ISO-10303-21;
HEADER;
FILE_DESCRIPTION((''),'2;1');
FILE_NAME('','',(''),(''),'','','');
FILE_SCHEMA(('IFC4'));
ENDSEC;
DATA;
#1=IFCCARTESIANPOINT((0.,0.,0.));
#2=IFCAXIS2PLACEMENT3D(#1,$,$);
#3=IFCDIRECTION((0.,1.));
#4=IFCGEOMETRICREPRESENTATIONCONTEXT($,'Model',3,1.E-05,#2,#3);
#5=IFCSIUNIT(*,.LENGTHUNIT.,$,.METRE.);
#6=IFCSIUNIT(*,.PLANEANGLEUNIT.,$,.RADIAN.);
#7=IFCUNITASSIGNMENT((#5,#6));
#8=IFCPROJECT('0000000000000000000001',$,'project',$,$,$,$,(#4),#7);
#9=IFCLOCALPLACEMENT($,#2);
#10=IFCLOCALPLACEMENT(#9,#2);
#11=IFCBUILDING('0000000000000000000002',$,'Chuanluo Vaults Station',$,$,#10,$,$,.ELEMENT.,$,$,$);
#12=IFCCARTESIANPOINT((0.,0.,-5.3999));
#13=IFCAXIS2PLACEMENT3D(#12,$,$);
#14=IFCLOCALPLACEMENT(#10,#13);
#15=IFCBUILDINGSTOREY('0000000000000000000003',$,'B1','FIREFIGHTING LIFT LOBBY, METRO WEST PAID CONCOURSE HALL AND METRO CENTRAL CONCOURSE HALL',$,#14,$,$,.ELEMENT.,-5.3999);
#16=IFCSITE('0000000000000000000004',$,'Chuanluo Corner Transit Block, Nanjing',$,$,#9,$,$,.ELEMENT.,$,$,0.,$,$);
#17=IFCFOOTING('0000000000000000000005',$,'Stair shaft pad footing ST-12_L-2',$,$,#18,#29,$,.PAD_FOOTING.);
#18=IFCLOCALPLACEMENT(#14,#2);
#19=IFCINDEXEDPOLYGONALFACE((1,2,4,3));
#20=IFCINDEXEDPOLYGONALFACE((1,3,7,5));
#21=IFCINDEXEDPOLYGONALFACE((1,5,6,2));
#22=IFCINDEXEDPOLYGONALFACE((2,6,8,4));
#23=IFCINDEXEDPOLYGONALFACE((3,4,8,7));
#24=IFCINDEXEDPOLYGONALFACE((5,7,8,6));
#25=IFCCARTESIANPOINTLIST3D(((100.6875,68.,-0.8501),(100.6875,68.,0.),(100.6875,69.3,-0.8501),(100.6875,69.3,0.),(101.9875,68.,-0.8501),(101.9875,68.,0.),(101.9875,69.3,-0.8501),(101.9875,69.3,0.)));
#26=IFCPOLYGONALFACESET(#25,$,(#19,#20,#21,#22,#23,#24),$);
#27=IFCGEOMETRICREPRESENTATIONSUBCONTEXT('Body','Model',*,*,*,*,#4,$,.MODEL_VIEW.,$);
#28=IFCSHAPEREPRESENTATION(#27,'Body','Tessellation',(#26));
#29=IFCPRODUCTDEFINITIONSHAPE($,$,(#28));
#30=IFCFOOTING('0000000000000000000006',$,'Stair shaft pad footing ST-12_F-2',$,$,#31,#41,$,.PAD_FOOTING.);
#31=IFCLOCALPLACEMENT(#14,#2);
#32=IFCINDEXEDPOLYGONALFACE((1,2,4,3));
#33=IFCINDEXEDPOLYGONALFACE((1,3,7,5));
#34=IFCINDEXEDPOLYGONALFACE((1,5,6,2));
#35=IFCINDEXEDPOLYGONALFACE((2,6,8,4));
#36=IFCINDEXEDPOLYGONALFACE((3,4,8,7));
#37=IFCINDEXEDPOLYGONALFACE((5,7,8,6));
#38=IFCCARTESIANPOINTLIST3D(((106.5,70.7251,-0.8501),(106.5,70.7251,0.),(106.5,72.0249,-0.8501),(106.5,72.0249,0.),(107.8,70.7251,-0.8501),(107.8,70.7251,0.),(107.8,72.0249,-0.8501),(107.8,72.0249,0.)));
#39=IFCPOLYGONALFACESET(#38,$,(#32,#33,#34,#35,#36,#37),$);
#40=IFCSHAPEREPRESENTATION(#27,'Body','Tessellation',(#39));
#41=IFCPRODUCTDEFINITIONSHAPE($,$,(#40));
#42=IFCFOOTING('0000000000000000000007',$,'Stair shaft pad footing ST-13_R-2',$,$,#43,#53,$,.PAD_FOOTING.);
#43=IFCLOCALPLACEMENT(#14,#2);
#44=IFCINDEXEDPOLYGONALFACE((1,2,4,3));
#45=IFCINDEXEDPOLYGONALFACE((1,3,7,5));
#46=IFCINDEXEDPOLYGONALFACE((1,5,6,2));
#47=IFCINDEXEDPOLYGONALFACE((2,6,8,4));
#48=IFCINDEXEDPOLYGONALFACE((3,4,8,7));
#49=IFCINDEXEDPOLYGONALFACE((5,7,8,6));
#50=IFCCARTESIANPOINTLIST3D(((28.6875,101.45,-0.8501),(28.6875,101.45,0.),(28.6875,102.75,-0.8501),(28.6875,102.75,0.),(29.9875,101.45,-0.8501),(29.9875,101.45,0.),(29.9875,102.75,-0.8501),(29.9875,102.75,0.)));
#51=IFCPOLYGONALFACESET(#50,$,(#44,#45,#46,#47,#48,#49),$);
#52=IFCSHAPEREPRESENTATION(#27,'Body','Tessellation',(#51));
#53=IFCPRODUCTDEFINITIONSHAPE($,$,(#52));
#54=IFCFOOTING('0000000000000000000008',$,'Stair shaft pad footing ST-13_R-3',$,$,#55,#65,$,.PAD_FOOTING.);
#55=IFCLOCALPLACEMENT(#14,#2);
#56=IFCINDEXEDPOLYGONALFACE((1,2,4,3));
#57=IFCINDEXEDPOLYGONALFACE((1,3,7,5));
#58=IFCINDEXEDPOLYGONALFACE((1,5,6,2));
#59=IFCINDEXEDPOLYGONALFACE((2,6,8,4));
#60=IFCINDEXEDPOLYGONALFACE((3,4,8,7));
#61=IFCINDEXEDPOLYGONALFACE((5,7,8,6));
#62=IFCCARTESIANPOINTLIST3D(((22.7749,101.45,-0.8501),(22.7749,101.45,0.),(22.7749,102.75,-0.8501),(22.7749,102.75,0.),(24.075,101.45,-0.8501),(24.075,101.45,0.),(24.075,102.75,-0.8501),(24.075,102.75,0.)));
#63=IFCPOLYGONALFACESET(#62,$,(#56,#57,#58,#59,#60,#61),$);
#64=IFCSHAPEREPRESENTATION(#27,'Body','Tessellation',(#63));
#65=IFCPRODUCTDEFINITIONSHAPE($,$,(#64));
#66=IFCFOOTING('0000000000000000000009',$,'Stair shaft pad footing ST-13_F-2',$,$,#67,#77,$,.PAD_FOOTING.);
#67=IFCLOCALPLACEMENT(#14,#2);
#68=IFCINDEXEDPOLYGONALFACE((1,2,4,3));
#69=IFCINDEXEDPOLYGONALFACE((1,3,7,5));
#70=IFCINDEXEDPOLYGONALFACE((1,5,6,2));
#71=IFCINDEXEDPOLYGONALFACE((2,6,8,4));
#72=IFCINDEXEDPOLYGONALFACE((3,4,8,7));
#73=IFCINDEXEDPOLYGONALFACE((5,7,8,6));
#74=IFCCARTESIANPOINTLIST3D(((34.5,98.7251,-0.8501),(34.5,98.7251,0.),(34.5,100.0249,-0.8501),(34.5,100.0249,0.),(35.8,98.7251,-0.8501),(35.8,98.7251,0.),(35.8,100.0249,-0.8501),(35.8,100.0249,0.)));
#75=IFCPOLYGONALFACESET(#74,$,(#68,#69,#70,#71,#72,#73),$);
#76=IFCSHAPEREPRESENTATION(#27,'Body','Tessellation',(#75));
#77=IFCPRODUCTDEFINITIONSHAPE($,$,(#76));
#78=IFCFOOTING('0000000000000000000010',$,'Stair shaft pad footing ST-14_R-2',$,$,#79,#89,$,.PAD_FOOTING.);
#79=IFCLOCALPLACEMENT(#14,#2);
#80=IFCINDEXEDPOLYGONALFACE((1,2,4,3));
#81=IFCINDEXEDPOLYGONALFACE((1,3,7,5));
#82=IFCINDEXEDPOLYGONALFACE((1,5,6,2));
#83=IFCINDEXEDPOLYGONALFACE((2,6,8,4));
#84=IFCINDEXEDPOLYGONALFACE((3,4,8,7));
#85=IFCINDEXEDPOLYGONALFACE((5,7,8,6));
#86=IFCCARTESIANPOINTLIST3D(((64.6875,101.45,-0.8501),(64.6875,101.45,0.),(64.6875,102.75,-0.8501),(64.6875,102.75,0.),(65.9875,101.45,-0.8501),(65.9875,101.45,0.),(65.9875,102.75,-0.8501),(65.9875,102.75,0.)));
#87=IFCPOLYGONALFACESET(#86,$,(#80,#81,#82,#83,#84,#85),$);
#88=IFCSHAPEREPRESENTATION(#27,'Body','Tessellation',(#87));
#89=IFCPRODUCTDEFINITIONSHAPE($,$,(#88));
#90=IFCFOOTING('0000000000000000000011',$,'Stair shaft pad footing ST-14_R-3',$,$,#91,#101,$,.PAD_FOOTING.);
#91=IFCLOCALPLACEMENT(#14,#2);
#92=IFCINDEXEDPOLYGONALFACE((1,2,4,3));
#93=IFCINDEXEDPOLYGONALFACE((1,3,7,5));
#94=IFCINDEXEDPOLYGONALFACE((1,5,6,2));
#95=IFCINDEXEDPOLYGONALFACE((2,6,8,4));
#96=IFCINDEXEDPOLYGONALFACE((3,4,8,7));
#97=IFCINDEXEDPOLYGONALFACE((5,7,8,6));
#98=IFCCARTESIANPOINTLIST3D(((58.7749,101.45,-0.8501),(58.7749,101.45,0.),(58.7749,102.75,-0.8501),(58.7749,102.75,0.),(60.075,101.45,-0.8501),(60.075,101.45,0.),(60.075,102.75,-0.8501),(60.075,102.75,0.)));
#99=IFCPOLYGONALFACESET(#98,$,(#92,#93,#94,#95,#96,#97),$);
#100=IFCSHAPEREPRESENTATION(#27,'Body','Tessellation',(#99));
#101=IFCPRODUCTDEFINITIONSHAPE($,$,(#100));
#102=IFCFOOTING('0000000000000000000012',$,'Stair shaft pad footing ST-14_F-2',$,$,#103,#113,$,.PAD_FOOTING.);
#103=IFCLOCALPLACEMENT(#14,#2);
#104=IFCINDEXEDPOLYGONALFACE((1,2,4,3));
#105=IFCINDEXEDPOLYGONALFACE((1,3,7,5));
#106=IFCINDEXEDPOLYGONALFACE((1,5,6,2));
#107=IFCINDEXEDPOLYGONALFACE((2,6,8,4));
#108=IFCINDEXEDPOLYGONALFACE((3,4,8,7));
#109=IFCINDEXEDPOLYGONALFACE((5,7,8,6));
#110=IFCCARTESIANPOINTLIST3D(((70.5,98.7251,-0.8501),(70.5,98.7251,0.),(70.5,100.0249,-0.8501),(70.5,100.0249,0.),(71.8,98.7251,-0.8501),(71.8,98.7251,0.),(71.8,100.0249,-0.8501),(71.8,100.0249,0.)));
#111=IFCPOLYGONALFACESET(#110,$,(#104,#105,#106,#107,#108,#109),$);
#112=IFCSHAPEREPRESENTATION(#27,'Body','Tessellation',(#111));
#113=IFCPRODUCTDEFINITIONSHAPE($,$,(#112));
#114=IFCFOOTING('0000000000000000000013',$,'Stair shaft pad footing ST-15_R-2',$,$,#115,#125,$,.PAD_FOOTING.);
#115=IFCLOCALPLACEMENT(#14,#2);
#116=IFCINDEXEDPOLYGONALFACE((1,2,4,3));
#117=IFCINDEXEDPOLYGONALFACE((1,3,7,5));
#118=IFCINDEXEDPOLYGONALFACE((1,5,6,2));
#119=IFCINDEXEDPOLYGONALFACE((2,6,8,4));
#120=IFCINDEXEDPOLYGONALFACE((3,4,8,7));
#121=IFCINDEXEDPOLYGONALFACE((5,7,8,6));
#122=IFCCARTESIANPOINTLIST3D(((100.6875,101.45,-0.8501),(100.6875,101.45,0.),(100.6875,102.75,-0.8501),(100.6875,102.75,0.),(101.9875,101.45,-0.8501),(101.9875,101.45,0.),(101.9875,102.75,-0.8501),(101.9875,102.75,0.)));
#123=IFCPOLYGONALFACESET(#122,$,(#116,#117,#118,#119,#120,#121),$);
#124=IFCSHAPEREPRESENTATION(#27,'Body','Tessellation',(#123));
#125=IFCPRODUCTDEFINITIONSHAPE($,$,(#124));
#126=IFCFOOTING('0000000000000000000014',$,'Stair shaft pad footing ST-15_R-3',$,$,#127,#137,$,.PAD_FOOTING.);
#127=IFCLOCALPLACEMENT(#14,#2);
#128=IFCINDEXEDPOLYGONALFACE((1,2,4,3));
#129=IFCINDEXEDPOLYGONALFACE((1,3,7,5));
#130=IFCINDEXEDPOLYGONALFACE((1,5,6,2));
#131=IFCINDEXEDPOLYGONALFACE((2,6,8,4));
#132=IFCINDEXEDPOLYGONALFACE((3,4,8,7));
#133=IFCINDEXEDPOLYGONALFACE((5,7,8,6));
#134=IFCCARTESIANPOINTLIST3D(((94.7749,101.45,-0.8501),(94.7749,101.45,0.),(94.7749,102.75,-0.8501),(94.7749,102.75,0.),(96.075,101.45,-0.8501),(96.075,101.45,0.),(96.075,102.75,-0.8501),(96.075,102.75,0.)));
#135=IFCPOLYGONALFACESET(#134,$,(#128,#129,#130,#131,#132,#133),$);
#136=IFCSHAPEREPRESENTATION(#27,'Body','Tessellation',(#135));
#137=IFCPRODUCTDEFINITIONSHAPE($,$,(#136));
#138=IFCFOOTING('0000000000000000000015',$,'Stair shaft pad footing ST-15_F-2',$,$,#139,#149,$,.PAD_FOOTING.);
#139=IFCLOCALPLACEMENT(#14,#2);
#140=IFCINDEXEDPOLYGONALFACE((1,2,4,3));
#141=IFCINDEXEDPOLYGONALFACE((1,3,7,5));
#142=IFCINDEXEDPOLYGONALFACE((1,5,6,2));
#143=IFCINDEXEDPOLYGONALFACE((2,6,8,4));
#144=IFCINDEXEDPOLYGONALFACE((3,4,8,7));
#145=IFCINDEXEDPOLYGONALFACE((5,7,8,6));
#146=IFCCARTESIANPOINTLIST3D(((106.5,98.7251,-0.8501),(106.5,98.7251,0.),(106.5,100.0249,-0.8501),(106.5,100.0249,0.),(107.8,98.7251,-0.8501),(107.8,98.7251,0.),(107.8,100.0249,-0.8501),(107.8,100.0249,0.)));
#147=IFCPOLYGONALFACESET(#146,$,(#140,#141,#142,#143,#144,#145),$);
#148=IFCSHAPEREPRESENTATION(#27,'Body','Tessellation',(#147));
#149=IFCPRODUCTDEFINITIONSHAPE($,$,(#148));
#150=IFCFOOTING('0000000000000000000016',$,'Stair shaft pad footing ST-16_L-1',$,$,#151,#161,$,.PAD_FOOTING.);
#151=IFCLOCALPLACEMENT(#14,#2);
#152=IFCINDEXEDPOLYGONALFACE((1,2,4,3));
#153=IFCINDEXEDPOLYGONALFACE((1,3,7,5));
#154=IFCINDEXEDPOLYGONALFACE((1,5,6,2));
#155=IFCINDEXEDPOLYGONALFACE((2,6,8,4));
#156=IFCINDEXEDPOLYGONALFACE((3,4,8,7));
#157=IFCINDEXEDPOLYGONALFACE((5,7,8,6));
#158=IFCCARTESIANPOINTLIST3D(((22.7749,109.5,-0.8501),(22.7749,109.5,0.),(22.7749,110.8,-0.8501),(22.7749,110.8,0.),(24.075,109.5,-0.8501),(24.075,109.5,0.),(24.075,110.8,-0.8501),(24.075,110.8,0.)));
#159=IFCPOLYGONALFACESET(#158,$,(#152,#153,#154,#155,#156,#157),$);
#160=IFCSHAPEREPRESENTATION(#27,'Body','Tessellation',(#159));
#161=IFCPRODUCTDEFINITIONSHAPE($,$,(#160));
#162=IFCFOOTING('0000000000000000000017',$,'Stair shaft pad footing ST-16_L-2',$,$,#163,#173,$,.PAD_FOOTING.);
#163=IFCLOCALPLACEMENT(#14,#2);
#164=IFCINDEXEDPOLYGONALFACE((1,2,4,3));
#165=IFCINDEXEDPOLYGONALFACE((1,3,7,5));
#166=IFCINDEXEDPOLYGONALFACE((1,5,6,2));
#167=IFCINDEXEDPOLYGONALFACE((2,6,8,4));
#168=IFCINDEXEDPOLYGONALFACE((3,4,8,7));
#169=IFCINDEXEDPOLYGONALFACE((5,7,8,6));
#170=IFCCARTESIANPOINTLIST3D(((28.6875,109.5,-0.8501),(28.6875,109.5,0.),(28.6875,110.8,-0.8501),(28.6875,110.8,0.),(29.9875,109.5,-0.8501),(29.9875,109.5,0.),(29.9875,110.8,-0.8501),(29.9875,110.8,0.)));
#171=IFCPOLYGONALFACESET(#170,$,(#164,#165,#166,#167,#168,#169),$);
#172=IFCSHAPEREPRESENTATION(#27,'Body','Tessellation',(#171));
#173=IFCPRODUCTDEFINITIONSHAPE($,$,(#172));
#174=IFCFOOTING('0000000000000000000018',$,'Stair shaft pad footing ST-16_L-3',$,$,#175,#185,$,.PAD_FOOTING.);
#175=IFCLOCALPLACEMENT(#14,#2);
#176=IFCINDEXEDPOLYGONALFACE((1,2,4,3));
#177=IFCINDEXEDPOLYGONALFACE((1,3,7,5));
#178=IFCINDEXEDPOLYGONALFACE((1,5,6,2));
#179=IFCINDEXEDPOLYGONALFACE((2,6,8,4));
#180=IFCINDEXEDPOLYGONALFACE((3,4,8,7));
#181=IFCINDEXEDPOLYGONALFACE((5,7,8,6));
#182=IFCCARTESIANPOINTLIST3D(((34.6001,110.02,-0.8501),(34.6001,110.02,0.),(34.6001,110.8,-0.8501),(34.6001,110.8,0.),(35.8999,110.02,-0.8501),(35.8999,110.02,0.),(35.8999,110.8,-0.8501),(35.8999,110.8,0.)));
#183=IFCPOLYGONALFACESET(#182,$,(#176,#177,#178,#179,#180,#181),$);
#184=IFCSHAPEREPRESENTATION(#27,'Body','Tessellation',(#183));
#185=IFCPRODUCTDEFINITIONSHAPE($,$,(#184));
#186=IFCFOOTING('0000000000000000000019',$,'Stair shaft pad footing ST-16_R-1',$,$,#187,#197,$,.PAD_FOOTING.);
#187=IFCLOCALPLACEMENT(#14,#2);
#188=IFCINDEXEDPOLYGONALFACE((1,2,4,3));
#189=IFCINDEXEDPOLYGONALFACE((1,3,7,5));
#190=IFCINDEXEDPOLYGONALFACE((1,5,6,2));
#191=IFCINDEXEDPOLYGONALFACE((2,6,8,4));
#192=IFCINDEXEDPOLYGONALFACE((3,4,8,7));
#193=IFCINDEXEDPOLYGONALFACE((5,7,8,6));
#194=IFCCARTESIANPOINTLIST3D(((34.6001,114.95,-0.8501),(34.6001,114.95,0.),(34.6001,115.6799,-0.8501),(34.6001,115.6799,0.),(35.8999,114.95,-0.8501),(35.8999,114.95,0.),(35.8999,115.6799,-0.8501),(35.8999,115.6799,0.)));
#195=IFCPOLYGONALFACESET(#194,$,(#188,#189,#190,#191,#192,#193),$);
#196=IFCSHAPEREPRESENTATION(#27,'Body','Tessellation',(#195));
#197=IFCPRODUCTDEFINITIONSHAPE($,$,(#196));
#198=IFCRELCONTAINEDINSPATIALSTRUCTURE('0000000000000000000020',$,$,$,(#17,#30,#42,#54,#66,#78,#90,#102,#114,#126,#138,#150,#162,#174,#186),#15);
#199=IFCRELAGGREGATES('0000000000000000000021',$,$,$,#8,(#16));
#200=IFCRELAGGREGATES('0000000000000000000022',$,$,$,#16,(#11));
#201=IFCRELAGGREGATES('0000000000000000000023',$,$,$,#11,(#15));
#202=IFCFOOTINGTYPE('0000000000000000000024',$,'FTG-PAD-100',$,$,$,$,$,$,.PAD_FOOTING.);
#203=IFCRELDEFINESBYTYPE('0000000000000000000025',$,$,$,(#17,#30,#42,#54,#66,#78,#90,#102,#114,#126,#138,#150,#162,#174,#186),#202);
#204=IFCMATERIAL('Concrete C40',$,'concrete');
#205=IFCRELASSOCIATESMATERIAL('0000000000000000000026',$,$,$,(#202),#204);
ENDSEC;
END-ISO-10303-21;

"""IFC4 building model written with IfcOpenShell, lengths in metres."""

from ifc_helpers import new_model, si_unit, direction, frame, origin, place, context, subcontext, project, spatial, polyline, outline, extrude, material, type_object, element, save


model = new_model("IFC4")

# Units and contexts
model_context = context("Model", 3, precision=1e-05, world=origin(), true_north=direction((0.0, 1.0)))
body_context = subcontext(model_context, "Body", "Model", "MODEL_VIEW")
ifc_project = project(units=[si_unit("LENGTHUNIT", "METRE"), si_unit("PLANEANGLEUNIT", "RADIAN")], contexts=[model_context])

# Site, building, storey
site_placement = place(None, origin())
site = spatial("IfcSite", under=ifc_project, at=site_placement, Name="Chuanluo Corner Transit Block, Nanjing", CompositionType="ELEMENT", RefElevation=0.0)
building_placement = place(site_placement, origin())
building = spatial("IfcBuilding", under=site, at=building_placement, Name="Chuanluo Vaults Station", CompositionType="ELEMENT")
storey_placement = place(building_placement, frame((0.0, 0.0, -5.3999)))
storey = spatial("IfcBuildingStorey", under=building, at=storey_placement, Name="B1", Description="FIREFIGHTING LIFT LOBBY, METRO WEST PAID CONCOURSE HALL AND METRO CENTRAL CONCOURSE HALL", CompositionType="ELEMENT", Elevation=-5.3999)

# Footings
ifc_material_1 = material(Name="Concrete C40", Category="concrete")
footing_type_1 = type_object("IfcFootingType", Name="FTG-PAD-100", PredefinedType="PAD_FOOTING", material=ifc_material_1)
footing_1_placement = place(storey_placement, frame((0.0, 0.0, -0.8501)))
element("IfcFooting", 1, at=footing_1_placement, inside=storey, type_object=footing_type_1, Name="Stair shaft pad footing ST-12_L-2", PredefinedType="PAD_FOOTING", context=body_context, shape_type="SweptSolid", body=[
    extrude(outline(polyline([(100.6875, 68.0), (101.9875, 68.0), (101.9875, 69.3), (100.6875, 69.3), (100.6875, 68.0)])), origin(), (0.0, 0.0, 1.0), 0.8501),
])
footing_2_placement = place(storey_placement, frame((0.0, 0.0, -0.8501)))
element("IfcFooting", 2, at=footing_2_placement, inside=storey, type_object=footing_type_1, Name="Stair shaft pad footing ST-12_F-2", PredefinedType="PAD_FOOTING", context=body_context, shape_type="SweptSolid", body=[
    extrude(outline(polyline([(106.5, 70.7251), (107.8, 70.7251), (107.8, 72.0249), (106.5, 72.0249), (106.5, 70.7251)])), origin(), (0.0, 0.0, 1.0), 0.8501),
])
footing_3_placement = place(storey_placement, frame((0.0, 0.0, -0.8501)))
element("IfcFooting", 3, at=footing_3_placement, inside=storey, type_object=footing_type_1, Name="Stair shaft pad footing ST-13_R-2", PredefinedType="PAD_FOOTING", context=body_context, shape_type="SweptSolid", body=[
    extrude(outline(polyline([(28.6875, 101.45), (29.9875, 101.45), (29.9875, 102.75), (28.6875, 102.75), (28.6875, 101.45)])), origin(), (0.0, 0.0, 1.0), 0.8501),
])
footing_4_placement = place(storey_placement, frame((0.0, 0.0, -0.8501)))
element("IfcFooting", 4, at=footing_4_placement, inside=storey, type_object=footing_type_1, Name="Stair shaft pad footing ST-13_R-3", PredefinedType="PAD_FOOTING", context=body_context, shape_type="SweptSolid", body=[
    extrude(outline(polyline([(22.7749, 101.45), (24.075, 101.45), (24.075, 102.75), (22.7749, 102.75), (22.7749, 101.45)])), origin(), (0.0, 0.0, 1.0), 0.8501),
])
footing_5_placement = place(storey_placement, frame((0.0, 0.0, -0.8501)))
element("IfcFooting", 5, at=footing_5_placement, inside=storey, type_object=footing_type_1, Name="Stair shaft pad footing ST-13_F-2", PredefinedType="PAD_FOOTING", context=body_context, shape_type="SweptSolid", body=[
    extrude(outline(polyline([(34.5, 98.7251), (35.8, 98.7251), (35.8, 100.0249), (34.5, 100.0249), (34.5, 98.7251)])), origin(), (0.0, 0.0, 1.0), 0.8501),
])
footing_6_placement = place(storey_placement, frame((0.0, 0.0, -0.8501)))
element("IfcFooting", 6, at=footing_6_placement, inside=storey, type_object=footing_type_1, Name="Stair shaft pad footing ST-14_R-2", PredefinedType="PAD_FOOTING", context=body_context, shape_type="SweptSolid", body=[
    extrude(outline(polyline([(64.6875, 101.45), (65.9875, 101.45), (65.9875, 102.75), (64.6875, 102.75), (64.6875, 101.45)])), origin(), (0.0, 0.0, 1.0), 0.8501),
])
footing_7_placement = place(storey_placement, frame((0.0, 0.0, -0.8501)))
element("IfcFooting", 7, at=footing_7_placement, inside=storey, type_object=footing_type_1, Name="Stair shaft pad footing ST-14_R-3", PredefinedType="PAD_FOOTING", context=body_context, shape_type="SweptSolid", body=[
    extrude(outline(polyline([(58.7749, 101.45), (60.075, 101.45), (60.075, 102.75), (58.7749, 102.75), (58.7749, 101.45)])), origin(), (0.0, 0.0, 1.0), 0.8501),
])
footing_8_placement = place(storey_placement, frame((0.0, 0.0, -0.8501)))
element("IfcFooting", 8, at=footing_8_placement, inside=storey, type_object=footing_type_1, Name="Stair shaft pad footing ST-14_F-2", PredefinedType="PAD_FOOTING", context=body_context, shape_type="SweptSolid", body=[
    extrude(outline(polyline([(70.5, 98.7251), (71.8, 98.7251), (71.8, 100.0249), (70.5, 100.0249), (70.5, 98.7251)])), origin(), (0.0, 0.0, 1.0), 0.8501),
])
footing_9_placement = place(storey_placement, frame((0.0, 0.0, -0.8501)))
element("IfcFooting", 9, at=footing_9_placement, inside=storey, type_object=footing_type_1, Name="Stair shaft pad footing ST-15_R-2", PredefinedType="PAD_FOOTING", context=body_context, shape_type="SweptSolid", body=[
    extrude(outline(polyline([(100.6875, 101.45), (101.9875, 101.45), (101.9875, 102.75), (100.6875, 102.75), (100.6875, 101.45)])), origin(), (0.0, 0.0, 1.0), 0.8501),
])
footing_10_placement = place(storey_placement, frame((0.0, 0.0, -0.8501)))
element("IfcFooting", 10, at=footing_10_placement, inside=storey, type_object=footing_type_1, Name="Stair shaft pad footing ST-15_R-3", PredefinedType="PAD_FOOTING", context=body_context, shape_type="SweptSolid", body=[
    extrude(outline(polyline([(94.7749, 101.45), (96.075, 101.45), (96.075, 102.75), (94.7749, 102.75), (94.7749, 101.45)])), origin(), (0.0, 0.0, 1.0), 0.8501),
])
footing_11_placement = place(storey_placement, frame((0.0, 0.0, -0.8501)))
element("IfcFooting", 11, at=footing_11_placement, inside=storey, type_object=footing_type_1, Name="Stair shaft pad footing ST-15_F-2", PredefinedType="PAD_FOOTING", context=body_context, shape_type="SweptSolid", body=[
    extrude(outline(polyline([(106.5, 98.7251), (107.8, 98.7251), (107.8, 100.0249), (106.5, 100.0249), (106.5, 98.7251)])), origin(), (0.0, 0.0, 1.0), 0.8501),
])
footing_12_placement = place(storey_placement, frame((0.0, 0.0, -0.8501)))
element("IfcFooting", 12, at=footing_12_placement, inside=storey, type_object=footing_type_1, Name="Stair shaft pad footing ST-16_L-1", PredefinedType="PAD_FOOTING", context=body_context, shape_type="SweptSolid", body=[
    extrude(outline(polyline([(22.7749, 109.5), (24.075, 109.5), (24.075, 110.8), (22.7749, 110.8), (22.7749, 109.5)])), origin(), (0.0, 0.0, 1.0), 0.8501),
])
footing_13_placement = place(storey_placement, frame((0.0, 0.0, -0.8501)))
element("IfcFooting", 13, at=footing_13_placement, inside=storey, type_object=footing_type_1, Name="Stair shaft pad footing ST-16_L-2", PredefinedType="PAD_FOOTING", context=body_context, shape_type="SweptSolid", body=[
    extrude(outline(polyline([(28.6875, 109.5), (29.9875, 109.5), (29.9875, 110.8), (28.6875, 110.8), (28.6875, 109.5)])), origin(), (0.0, 0.0, 1.0), 0.8501),
])
footing_14_placement = place(storey_placement, frame((0.0, 0.0, -0.8501)))
element("IfcFooting", 14, at=footing_14_placement, inside=storey, type_object=footing_type_1, Name="Stair shaft pad footing ST-16_L-3", PredefinedType="PAD_FOOTING", context=body_context, shape_type="SweptSolid", body=[
    extrude(outline(polyline([(34.6001, 110.02), (35.8999, 110.02), (35.8999, 110.8), (34.6001, 110.8), (34.6001, 110.02)])), origin(), (0.0, 0.0, 1.0), 0.8501),
])
footing_15_placement = place(storey_placement, frame((0.0, 0.0, -0.8501)))
element("IfcFooting", 15, at=footing_15_placement, inside=storey, type_object=footing_type_1, Name="Stair shaft pad footing ST-16_R-1", PredefinedType="PAD_FOOTING", context=body_context, shape_type="SweptSolid", body=[
    extrude(outline(polyline([(34.6001, 114.95), (35.8999, 114.95), (35.8999, 115.6799), (34.6001, 115.6799), (34.6001, 114.95)])), origin(), (0.0, 0.0, 1.0), 0.8501),
])

save(model, "model.ifc")
